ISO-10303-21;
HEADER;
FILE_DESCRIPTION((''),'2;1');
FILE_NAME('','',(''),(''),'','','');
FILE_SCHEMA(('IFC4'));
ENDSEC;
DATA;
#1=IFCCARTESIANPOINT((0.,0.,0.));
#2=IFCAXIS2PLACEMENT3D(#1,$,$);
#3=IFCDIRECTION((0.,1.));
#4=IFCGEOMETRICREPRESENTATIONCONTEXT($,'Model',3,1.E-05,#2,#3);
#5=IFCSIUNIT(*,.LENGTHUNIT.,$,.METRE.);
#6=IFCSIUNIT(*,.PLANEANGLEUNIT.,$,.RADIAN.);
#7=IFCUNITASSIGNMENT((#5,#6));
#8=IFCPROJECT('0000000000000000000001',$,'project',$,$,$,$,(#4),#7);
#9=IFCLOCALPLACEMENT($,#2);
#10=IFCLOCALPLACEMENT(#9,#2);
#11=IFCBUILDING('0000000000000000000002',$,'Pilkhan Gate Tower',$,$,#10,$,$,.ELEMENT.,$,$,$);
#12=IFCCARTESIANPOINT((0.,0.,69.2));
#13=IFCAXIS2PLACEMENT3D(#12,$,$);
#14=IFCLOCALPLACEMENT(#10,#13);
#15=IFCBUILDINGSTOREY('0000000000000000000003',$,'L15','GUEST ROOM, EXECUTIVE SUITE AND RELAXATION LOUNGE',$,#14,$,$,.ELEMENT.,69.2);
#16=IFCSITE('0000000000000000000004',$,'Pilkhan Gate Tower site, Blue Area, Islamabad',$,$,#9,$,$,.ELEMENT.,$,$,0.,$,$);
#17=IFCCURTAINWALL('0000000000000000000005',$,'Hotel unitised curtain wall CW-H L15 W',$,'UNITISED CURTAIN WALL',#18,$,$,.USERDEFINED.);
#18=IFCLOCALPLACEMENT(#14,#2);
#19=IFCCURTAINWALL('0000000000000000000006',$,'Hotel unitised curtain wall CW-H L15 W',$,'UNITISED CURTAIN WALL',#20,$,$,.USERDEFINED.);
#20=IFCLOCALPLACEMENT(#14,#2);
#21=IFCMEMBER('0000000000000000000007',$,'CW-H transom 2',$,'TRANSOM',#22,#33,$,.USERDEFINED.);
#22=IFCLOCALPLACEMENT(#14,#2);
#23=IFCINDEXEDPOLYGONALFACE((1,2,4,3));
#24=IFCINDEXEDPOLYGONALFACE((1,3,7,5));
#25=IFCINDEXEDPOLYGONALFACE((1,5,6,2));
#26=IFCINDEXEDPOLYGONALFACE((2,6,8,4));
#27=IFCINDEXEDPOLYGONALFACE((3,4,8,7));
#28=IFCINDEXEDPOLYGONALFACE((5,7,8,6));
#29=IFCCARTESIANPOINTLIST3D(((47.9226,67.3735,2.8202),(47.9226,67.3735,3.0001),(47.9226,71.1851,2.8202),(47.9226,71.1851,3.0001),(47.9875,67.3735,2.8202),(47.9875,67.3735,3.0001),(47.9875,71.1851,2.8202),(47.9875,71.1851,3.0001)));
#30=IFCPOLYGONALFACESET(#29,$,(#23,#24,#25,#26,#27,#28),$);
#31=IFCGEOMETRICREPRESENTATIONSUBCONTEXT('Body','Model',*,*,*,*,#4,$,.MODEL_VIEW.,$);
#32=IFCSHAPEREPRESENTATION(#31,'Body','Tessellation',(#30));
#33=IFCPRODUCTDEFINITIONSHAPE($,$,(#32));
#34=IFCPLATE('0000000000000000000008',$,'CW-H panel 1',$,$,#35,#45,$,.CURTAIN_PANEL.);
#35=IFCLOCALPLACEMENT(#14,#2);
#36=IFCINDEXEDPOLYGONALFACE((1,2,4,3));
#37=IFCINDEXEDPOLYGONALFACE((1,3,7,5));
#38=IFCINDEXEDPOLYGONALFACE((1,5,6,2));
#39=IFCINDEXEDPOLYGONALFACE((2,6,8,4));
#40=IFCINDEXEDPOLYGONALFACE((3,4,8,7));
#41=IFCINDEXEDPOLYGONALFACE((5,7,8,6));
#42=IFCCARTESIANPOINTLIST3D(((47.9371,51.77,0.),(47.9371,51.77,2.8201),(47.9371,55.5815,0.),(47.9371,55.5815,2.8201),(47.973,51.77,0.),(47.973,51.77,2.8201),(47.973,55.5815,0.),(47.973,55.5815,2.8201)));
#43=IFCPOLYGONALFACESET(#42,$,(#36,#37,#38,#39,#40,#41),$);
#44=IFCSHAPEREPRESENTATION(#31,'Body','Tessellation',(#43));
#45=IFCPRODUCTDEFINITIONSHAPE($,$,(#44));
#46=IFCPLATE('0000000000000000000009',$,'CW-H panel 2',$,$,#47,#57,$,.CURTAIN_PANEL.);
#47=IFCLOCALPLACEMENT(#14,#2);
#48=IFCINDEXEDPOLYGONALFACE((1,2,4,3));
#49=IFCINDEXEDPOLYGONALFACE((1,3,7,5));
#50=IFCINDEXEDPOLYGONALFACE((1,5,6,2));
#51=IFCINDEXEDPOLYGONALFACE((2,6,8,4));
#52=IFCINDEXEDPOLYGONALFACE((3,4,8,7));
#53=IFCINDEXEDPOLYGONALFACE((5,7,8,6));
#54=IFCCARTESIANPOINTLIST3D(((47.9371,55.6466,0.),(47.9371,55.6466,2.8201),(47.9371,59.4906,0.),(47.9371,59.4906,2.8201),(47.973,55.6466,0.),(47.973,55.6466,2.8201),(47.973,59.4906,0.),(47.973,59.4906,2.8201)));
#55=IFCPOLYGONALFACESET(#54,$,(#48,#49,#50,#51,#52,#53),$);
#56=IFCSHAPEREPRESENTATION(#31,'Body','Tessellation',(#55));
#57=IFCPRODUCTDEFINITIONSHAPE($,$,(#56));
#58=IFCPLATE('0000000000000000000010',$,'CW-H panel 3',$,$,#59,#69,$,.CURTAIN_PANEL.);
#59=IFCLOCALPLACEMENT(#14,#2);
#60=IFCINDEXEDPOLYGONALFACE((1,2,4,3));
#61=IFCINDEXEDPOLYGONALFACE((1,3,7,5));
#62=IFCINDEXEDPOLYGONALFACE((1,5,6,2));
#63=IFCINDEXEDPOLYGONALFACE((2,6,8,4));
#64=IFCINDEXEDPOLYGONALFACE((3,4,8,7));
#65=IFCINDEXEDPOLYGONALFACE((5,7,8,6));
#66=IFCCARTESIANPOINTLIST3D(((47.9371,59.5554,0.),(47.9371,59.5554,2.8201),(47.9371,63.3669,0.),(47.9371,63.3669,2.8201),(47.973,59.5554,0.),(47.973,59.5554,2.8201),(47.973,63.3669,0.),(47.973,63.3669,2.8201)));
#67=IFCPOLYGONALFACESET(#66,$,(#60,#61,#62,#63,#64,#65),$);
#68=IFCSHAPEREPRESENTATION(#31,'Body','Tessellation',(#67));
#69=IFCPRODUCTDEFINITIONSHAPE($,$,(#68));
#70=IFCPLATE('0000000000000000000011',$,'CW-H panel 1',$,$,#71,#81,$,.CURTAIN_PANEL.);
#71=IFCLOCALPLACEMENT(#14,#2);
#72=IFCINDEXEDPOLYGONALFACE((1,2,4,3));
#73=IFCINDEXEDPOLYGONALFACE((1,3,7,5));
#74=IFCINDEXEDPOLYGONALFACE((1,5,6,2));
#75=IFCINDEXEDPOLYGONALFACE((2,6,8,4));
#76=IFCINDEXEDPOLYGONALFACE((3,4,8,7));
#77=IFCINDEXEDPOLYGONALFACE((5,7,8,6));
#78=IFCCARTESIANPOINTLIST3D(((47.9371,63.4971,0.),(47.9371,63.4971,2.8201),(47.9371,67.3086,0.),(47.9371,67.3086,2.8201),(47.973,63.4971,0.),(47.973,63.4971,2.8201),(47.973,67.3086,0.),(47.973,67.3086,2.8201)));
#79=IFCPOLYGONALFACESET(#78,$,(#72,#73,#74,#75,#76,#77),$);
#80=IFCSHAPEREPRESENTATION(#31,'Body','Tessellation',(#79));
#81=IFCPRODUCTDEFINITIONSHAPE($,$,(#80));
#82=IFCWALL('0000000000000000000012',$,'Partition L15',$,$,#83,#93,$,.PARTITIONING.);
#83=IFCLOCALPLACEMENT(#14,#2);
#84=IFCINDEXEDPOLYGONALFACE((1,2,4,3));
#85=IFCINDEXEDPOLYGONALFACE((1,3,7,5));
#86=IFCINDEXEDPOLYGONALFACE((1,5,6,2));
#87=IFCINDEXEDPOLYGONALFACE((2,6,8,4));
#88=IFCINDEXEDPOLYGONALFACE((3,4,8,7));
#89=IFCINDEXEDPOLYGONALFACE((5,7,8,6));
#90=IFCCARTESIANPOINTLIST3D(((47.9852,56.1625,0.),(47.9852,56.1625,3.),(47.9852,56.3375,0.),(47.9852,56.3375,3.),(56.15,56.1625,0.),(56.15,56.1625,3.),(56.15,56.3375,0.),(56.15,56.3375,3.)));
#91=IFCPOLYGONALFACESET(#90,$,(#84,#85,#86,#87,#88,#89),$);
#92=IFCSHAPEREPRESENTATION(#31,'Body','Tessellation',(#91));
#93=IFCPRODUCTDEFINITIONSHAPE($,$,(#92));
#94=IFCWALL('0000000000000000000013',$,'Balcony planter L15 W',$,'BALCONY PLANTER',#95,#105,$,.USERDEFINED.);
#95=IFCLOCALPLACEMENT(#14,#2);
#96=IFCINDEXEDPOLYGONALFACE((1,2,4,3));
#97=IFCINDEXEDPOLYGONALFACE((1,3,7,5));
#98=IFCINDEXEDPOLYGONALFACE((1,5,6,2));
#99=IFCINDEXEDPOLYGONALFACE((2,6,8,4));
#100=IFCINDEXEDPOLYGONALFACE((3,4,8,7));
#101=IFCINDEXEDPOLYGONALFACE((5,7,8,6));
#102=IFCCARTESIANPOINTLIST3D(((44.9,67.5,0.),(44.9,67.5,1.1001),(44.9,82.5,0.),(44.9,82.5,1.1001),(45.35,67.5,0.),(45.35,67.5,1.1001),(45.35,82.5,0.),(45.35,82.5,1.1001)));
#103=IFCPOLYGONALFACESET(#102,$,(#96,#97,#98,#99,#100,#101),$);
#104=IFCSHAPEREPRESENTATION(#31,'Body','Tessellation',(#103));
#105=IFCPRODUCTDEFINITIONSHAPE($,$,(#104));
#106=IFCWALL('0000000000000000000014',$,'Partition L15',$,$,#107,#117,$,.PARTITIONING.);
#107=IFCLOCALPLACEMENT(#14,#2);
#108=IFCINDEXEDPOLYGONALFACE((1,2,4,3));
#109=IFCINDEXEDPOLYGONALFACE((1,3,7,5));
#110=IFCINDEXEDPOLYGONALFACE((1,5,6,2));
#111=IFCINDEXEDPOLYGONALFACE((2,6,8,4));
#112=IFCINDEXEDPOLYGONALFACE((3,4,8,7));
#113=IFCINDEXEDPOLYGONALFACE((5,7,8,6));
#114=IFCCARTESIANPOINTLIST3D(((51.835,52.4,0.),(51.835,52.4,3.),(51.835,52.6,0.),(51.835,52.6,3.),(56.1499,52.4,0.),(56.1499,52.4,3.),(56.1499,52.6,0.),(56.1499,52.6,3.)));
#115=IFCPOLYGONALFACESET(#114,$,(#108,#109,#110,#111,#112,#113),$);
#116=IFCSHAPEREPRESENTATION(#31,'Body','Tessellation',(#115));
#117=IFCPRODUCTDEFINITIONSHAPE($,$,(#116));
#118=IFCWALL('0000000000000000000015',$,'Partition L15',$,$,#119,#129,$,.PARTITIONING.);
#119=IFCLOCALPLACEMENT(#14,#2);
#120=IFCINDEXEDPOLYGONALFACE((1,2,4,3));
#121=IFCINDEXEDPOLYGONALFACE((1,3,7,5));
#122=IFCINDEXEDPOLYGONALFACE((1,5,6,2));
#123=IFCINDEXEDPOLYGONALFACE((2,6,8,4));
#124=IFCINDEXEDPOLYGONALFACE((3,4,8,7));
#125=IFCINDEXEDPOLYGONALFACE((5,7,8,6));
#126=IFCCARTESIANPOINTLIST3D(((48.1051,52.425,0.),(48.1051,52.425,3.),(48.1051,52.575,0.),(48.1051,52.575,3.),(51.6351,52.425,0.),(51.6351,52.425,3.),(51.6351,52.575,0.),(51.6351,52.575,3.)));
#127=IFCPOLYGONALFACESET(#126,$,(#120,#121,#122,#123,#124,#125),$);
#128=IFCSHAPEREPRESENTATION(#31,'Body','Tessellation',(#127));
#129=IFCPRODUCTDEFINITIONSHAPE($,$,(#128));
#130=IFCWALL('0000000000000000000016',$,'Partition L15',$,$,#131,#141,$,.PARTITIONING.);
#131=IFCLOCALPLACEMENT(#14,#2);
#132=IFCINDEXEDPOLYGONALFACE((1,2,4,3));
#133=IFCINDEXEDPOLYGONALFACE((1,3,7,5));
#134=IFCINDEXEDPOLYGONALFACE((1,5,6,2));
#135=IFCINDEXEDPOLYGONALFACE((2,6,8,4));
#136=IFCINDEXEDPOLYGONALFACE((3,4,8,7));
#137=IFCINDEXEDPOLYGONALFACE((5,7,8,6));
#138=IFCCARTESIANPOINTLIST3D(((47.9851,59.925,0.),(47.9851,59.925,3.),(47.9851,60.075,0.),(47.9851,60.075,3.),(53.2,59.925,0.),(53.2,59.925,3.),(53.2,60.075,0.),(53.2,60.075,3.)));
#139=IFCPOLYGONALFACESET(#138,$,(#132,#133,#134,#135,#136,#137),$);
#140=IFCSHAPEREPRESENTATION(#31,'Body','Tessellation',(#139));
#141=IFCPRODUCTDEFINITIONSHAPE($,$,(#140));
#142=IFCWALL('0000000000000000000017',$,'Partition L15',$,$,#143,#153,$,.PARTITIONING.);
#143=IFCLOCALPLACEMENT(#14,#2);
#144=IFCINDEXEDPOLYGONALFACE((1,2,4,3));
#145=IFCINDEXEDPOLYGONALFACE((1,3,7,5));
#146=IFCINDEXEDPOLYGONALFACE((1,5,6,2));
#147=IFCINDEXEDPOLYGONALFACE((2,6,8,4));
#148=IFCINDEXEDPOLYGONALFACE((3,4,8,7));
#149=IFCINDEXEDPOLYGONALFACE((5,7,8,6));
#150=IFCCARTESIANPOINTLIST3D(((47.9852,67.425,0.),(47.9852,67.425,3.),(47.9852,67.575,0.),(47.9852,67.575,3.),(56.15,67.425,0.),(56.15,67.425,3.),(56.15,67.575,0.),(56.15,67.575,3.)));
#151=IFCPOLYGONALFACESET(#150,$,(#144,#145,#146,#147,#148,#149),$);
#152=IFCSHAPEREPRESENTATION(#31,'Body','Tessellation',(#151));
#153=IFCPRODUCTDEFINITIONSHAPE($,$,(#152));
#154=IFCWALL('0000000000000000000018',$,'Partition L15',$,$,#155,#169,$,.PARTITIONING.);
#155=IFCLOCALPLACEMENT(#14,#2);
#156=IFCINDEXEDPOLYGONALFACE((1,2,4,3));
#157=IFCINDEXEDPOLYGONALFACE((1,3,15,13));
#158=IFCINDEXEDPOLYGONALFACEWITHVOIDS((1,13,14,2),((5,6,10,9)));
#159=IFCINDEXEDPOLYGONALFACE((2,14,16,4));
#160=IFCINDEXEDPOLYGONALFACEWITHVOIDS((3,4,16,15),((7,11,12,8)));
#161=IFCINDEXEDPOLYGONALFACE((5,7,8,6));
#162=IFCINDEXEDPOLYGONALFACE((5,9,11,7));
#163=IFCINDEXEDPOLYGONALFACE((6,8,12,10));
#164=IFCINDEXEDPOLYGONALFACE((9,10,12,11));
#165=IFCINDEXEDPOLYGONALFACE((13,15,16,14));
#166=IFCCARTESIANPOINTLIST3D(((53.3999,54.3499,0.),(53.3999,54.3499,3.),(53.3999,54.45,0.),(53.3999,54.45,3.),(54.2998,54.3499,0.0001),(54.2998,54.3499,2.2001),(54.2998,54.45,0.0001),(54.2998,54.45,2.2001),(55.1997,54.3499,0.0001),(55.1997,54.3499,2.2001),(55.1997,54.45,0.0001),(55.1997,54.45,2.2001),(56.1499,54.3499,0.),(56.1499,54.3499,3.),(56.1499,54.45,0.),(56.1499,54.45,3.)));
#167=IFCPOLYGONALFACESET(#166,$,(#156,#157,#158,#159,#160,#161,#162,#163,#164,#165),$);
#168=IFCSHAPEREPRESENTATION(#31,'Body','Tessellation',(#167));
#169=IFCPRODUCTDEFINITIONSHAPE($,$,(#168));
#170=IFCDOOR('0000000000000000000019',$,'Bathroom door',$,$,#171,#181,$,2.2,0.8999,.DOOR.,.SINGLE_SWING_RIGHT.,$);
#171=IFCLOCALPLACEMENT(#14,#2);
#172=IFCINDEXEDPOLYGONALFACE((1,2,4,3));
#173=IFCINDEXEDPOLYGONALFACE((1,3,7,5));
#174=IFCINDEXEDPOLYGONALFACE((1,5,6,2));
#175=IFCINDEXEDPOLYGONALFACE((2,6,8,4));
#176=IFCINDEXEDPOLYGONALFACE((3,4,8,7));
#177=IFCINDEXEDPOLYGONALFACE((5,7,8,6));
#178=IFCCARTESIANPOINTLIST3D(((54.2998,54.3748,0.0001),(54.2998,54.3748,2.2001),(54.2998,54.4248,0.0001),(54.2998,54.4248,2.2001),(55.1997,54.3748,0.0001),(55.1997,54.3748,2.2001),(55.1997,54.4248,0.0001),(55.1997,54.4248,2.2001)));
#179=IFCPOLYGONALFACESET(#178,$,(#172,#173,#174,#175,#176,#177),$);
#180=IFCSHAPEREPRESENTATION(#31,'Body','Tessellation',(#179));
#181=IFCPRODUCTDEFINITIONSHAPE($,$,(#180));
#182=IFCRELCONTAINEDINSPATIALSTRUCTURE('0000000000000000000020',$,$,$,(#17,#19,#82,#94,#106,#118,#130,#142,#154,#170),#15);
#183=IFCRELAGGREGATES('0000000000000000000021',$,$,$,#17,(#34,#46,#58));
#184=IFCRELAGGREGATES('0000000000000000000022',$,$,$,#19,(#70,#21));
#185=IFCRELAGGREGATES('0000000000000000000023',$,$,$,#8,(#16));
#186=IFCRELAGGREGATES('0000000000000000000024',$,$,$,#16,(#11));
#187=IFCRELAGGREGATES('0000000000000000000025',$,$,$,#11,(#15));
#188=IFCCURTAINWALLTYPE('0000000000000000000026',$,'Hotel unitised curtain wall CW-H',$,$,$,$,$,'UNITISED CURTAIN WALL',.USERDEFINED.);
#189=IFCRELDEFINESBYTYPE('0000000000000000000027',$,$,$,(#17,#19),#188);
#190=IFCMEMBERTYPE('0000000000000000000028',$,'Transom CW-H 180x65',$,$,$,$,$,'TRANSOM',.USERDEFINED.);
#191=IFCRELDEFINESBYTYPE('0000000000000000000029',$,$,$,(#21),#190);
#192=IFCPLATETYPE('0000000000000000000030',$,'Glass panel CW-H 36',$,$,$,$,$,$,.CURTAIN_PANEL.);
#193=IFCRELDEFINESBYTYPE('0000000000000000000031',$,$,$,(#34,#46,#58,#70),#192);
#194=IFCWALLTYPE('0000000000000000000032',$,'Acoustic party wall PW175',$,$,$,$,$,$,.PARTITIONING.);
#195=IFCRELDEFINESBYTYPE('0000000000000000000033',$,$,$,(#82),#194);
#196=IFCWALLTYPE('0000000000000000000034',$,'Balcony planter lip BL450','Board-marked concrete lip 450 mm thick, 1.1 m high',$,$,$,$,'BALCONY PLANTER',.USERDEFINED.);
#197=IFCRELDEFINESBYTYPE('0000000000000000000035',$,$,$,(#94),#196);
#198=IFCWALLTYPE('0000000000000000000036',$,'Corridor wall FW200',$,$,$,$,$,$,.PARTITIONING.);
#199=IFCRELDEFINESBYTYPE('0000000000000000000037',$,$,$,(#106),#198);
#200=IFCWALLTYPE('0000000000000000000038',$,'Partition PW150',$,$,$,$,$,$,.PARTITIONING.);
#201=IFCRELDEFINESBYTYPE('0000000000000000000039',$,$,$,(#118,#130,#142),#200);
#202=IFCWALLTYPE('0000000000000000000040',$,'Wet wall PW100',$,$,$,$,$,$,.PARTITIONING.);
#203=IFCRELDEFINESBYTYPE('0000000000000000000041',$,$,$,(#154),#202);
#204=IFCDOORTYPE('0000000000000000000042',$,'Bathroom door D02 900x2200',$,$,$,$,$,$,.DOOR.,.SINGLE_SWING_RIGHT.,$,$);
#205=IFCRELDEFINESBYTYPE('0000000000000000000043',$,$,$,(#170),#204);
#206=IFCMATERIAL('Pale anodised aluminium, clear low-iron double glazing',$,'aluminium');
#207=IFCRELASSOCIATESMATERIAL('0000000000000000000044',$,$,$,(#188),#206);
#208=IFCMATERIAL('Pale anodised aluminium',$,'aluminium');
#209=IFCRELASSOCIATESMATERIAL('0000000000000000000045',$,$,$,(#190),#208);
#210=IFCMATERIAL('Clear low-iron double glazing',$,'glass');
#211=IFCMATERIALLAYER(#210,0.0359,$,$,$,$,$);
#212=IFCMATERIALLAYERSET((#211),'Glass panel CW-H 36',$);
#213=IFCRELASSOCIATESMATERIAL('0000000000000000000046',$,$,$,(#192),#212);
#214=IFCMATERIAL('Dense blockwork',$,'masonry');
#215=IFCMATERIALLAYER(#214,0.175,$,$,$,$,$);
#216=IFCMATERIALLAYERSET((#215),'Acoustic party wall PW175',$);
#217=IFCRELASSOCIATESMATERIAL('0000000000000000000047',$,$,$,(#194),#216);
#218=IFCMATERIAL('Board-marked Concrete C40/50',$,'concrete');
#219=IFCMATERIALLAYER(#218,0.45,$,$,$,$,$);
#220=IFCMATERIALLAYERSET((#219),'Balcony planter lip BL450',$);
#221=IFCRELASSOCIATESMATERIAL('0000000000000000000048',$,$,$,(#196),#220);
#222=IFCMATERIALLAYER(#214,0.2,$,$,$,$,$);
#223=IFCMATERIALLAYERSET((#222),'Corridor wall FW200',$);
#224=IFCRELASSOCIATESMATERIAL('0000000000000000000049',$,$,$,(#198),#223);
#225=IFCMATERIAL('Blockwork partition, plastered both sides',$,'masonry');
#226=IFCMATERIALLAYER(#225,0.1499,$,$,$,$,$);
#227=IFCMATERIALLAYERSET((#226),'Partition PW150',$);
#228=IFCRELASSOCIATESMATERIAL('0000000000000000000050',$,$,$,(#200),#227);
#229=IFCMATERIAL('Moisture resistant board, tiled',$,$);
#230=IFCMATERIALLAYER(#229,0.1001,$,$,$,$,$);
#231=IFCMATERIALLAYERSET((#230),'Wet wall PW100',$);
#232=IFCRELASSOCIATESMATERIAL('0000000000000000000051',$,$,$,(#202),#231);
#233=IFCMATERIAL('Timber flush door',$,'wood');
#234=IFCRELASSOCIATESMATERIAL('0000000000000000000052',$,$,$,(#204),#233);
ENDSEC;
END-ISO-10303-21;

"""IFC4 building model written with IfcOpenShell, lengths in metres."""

from ifc_helpers import new_model, si_unit, direction, frame, frame_2d, origin, origin_2d, place, context, subcontext, project, spatial, rectangle, extrude, material, layer, layer_set, material_profile, profile_set, type_object, element, fill, aggregate, save


model = new_model("IFC4")

# Units and contexts
model_context = context("Model", 3, precision=1e-05, world=origin(), true_north=direction((0.0, 1.0)))
body_context = subcontext(model_context, "Body", "Model", "MODEL_VIEW")
ifc_project = project(units=[si_unit("LENGTHUNIT", "METRE"), si_unit("PLANEANGLEUNIT", "RADIAN")], contexts=[model_context])

# Site, building, storey
site_placement = place(None, origin())
site = spatial("IfcSite", under=ifc_project, at=site_placement, Name="Pilkhan Gate Tower site, Blue Area, Islamabad", CompositionType="ELEMENT", RefElevation=0.0)
building_placement = place(site_placement, origin())
building = spatial("IfcBuilding", under=site, at=building_placement, Name="Pilkhan Gate Tower", CompositionType="ELEMENT")
storey_placement = place(building_placement, frame((0.0, 0.0, 69.2)))
storey = spatial("IfcBuildingStorey", under=building, at=storey_placement, Name="L15", Description="GUEST ROOM, EXECUTIVE SUITE AND RELAXATION LOUNGE", CompositionType="ELEMENT", Elevation=69.2)

# Curtain walls
ifc_material_1 = material(Name="Pale anodised aluminium, clear low-iron double glazing", Category="aluminium")
curtain_wall_type = type_object("IfcCurtainWallType", Name="Hotel unitised curtain wall CW-H", ElementType="UNITISED CURTAIN WALL", PredefinedType="USERDEFINED", material=ifc_material_1)
curtain_wall_1_placement = place(storey_placement, origin())
curtain_wall_1 = element("IfcCurtainWall", 1, at=curtain_wall_1_placement, inside=storey, type_object=curtain_wall_type, Name="Hotel unitised curtain wall CW-H L15 W", ObjectType="UNITISED CURTAIN WALL", PredefinedType="USERDEFINED")
ifc_material_2 = material(Name="Pale anodised aluminium", Category="aluminium")
curtain_wall_2_placement = place(storey_placement, origin())
curtain_wall_2 = element("IfcCurtainWall", 2, at=curtain_wall_2_placement, inside=storey, type_object=curtain_wall_type, Name="Hotel unitised curtain wall CW-H L15 W", ObjectType="UNITISED CURTAIN WALL", PredefinedType="USERDEFINED")

# Member
ifc_material_profile_1 = material_profile(ifc_material_2, rectangle(XDim=0.0649, YDim=0.1799, at=origin_2d()), Name="Transom 180x65")
ifc_profile_set_1 = profile_set([ifc_material_profile_1], Name="Pale anodised aluminium")
member_type_1 = type_object("IfcMemberType", Name="Transom CW-H 180x65", ElementType="TRANSOM", PredefinedType="USERDEFINED", material=ifc_profile_set_1)
member_1_placement = place(storey_placement, frame((47.9551, 67.3735, 2.9102), z_axis=(0.0, 1.0, 0.0), x_axis=(-1.0, 0.0, 0.0)))
member_1 = element("IfcMember", 3, at=member_1_placement, type_object=member_type_1, Name="CW-H transom 2", ObjectType="TRANSOM", PredefinedType="USERDEFINED", context=body_context, shape_type="SweptSolid", body=[
    extrude(rectangle(XDim=0.0649, YDim=0.1799, at=origin_2d()), origin(), (0.0, 0.0, 1.0), 3.8115),
])

# Plates
ifc_material_3 = material(Name="Clear low-iron double glazing", Category="glass")
ifc_layer_1 = layer(ifc_material_3, 0.0359)
ifc_layer_set_1 = layer_set([ifc_layer_1], Name="Glass panel CW-H 36")
plate_type = type_object("IfcPlateType", Name="Glass panel CW-H 36", PredefinedType="CURTAIN_PANEL", material=ifc_layer_set_1)
plate_1_placement = place(storey_placement, frame((47.9551, 53.6758, 0.0), z_axis=(0.0, 0.0, 1.0), x_axis=(0.0, 1.0, 0.0)))
plate_1 = element("IfcPlate", 4, at=plate_1_placement, type_object=plate_type, Name="CW-H panel 1", PredefinedType="CURTAIN_PANEL", context=body_context, shape_type="SweptSolid", body=[
    extrude(rectangle(XDim=3.8115, YDim=0.0359, at=origin_2d()), origin(), (0.0, 0.0, 1.0), 2.8201),
])
plate_2_placement = place(storey_placement, frame((47.9551, 57.5686, 0.0), z_axis=(0.0, 0.0, 1.0), x_axis=(0.0, 1.0, 0.0)))
plate_2 = element("IfcPlate", 5, at=plate_2_placement, type_object=plate_type, Name="CW-H panel 2", PredefinedType="CURTAIN_PANEL", context=body_context, shape_type="SweptSolid", body=[
    extrude(rectangle(XDim=3.844, YDim=0.0359, at=origin_2d()), origin(), (0.0, 0.0, 1.0), 2.8201),
])
plate_3_placement = place(storey_placement, frame((47.9551, 61.4612, 0.0), z_axis=(0.0, 0.0, 1.0), x_axis=(0.0, 1.0, 0.0)))
plate_3 = element("IfcPlate", 6, at=plate_3_placement, type_object=plate_type, Name="CW-H panel 3", PredefinedType="CURTAIN_PANEL", context=body_context, shape_type="SweptSolid", body=[
    extrude(rectangle(XDim=3.8115, YDim=0.0359, at=origin_2d()), origin(), (0.0, 0.0, 1.0), 2.8201),
])
aggregate(curtain_wall_1, [plate_1, plate_2, plate_3])
plate_4_placement = place(storey_placement, frame((47.9551, 65.4028, 0.0), z_axis=(0.0, 0.0, 1.0), x_axis=(0.0, 1.0, 0.0)))
plate_4 = element("IfcPlate", 7, at=plate_4_placement, type_object=plate_type, Name="CW-H panel 1", PredefinedType="CURTAIN_PANEL", context=body_context, shape_type="SweptSolid", body=[
    extrude(rectangle(XDim=3.8115, YDim=0.0359, at=origin_2d()), origin(), (0.0, 0.0, 1.0), 2.8201),
])
aggregate(curtain_wall_2, [plate_4, member_1])

# Walls
ifc_material_4 = material(Name="Dense blockwork", Category="masonry")
ifc_layer_2 = layer(ifc_material_4, 0.175)
ifc_layer_set_2 = layer_set([ifc_layer_2], Name="Acoustic party wall PW175")
wall_type_1 = type_object("IfcWallType", Name="Acoustic party wall PW175", PredefinedType="PARTITIONING", material=ifc_layer_set_2)
wall_1_placement = place(storey_placement, frame((47.9851, 56.25, 0.0), z_axis=(0.0, 0.0, 1.0), x_axis=(1.0, 0.0, 0.0)))
element("IfcWall", 8, at=wall_1_placement, inside=storey, type_object=wall_type_1, Name="Partition L15", PredefinedType="PARTITIONING", context=body_context, shape_type="SweptSolid", body=[
    extrude(rectangle(XDim=8.1648, YDim=0.175, at=frame_2d((4.0825, 0.0))), origin(), (0.0, 0.0, 1.0), 3.0),
])
ifc_material_5 = material(Name="Board-marked Concrete C40/50", Category="concrete")
ifc_layer_3 = layer(ifc_material_5, 0.45)
ifc_layer_set_3 = layer_set([ifc_layer_3], Name="Balcony planter lip BL450")
wall_type_2 = type_object("IfcWallType", Name="Balcony planter lip BL450", Description="Board-marked concrete lip 450 mm thick, 1.1 m high", ElementType="BALCONY PLANTER", PredefinedType="USERDEFINED", material=ifc_layer_set_3)
wall_2_placement = place(storey_placement, frame((45.125, 67.5, 0.0), z_axis=(0.0, 0.0, 1.0), x_axis=(0.0, 1.0, 0.0)))
element("IfcWall", 9, at=wall_2_placement, inside=storey, type_object=wall_type_2, Name="Balcony planter L15 W", ObjectType="BALCONY PLANTER", PredefinedType="USERDEFINED", context=body_context, shape_type="SweptSolid", body=[
    extrude(rectangle(XDim=15.0, YDim=0.45, at=frame_2d((7.5, 0.0))), origin(), (0.0, 0.0, 1.0), 1.1001),
])
ifc_layer_4 = layer(ifc_material_4, 0.2)
ifc_layer_set_4 = layer_set([ifc_layer_4], Name="Corridor wall FW200")
wall_type_3 = type_object("IfcWallType", Name="Corridor wall FW200", PredefinedType="PARTITIONING", material=ifc_layer_set_4)
wall_3_placement = place(storey_placement, frame((51.835, 52.5, 0.0), z_axis=(0.0, 0.0, 1.0), x_axis=(1.0, 0.0, 0.0)))
element("IfcWall", 10, at=wall_3_placement, inside=storey, type_object=wall_type_3, Name="Partition L15", PredefinedType="PARTITIONING", context=body_context, shape_type="SweptSolid", body=[
    extrude(rectangle(XDim=4.3149, YDim=0.2, at=frame_2d((2.1575, 0.0))), origin(), (0.0, 0.0, 1.0), 3.0),
])
ifc_material_6 = material(Name="Blockwork partition, plastered both sides", Category="masonry")
ifc_layer_5 = layer(ifc_material_6, 0.1499)
ifc_layer_set_5 = layer_set([ifc_layer_5], Name="Partition PW150")
wall_type_4 = type_object("IfcWallType", Name="Partition PW150", PredefinedType="PARTITIONING", material=ifc_layer_set_5)
wall_4_placement = place(storey_placement, frame((48.105, 52.5, 0.0), z_axis=(0.0, 0.0, 1.0), x_axis=(1.0, 0.0, 0.0)))
element("IfcWall", 11, at=wall_4_placement, inside=storey, type_object=wall_type_4, Name="Partition L15", PredefinedType="PARTITIONING", context=body_context, shape_type="SweptSolid", body=[
    extrude(rectangle(XDim=3.53, YDim=0.1499, at=frame_2d((1.7651, 0.0))), origin(), (0.0, 0.0, 1.0), 3.0),
])
wall_5_placement = place(storey_placement, frame((47.9851, 60.0, 0.0), z_axis=(0.0, 0.0, 1.0), x_axis=(1.0, 0.0, 0.0)))
element("IfcWall", 12, at=wall_5_placement, inside=storey, type_object=wall_type_4, Name="Partition L15", PredefinedType="PARTITIONING", context=body_context, shape_type="SweptSolid", body=[
    extrude(rectangle(XDim=5.2148, YDim=0.1499, at=frame_2d((2.6074, 0.0))), origin(), (0.0, 0.0, 1.0), 3.0),
])
wall_6_placement = place(storey_placement, frame((47.9851, 67.5, 0.0), z_axis=(0.0, 0.0, 1.0), x_axis=(1.0, 0.0, 0.0)))
element("IfcWall", 13, at=wall_6_placement, inside=storey, type_object=wall_type_4, Name="Partition L15", PredefinedType="PARTITIONING", context=body_context, shape_type="SweptSolid", body=[
    extrude(rectangle(XDim=8.1648, YDim=0.1499, at=frame_2d((4.0825, 0.0))), origin(), (0.0, 0.0, 1.0), 3.0),
])

# Wall, opening, door
ifc_material_7 = material(Name="Moisture resistant board, tiled")
ifc_layer_6 = layer(ifc_material_7, 0.1001)
ifc_layer_set_6 = layer_set([ifc_layer_6], Name="Wet wall PW100")
wall_type_5 = type_object("IfcWallType", Name="Wet wall PW100", PredefinedType="PARTITIONING", material=ifc_layer_set_6)
wall_7_placement = place(storey_placement, frame((53.3999, 54.3999, 0.0), z_axis=(0.0, 0.0, 1.0), x_axis=(1.0, 0.0, 0.0)))
wall_7 = element("IfcWall", 14, at=wall_7_placement, inside=storey, type_object=wall_type_5, Name="Partition L15", PredefinedType="PARTITIONING", context=body_context, shape_type="SweptSolid", body=[
    extrude(rectangle(XDim=2.75, YDim=0.1001, at=frame_2d((1.375, 0.0))), origin(), (0.0, 0.0, 1.0), 3.0),
])
opening_1_placement = place(wall_7_placement, frame((0.8999, 0.0, 0.0)))
opening_1 = element("IfcOpeningElement", 15, at=opening_1_placement, cuts=wall_7, PredefinedType="OPENING", context=body_context, shape_type="SweptSolid", body=[
    extrude(rectangle(XDim=0.8999, YDim=2.2, at=frame_2d((0.45, 1.1001))), frame((0.0, 0.0601, 0.0), z_axis=(0.0, -1.0, 0.0), x_axis=(1.0, 0.0, 0.0)), (0.0, 0.0, 1.0), 0.1201),
])
ifc_material_8 = material(Name="Timber flush door", Category="wood")
door_type = type_object("IfcDoorType", Name="Bathroom door D02 900x2200", OperationType="SINGLE_SWING_RIGHT", PredefinedType="DOOR", material=ifc_material_8)
door_1_placement = place(opening_1_placement, origin())
door_1 = element("IfcDoor", 16, at=door_1_placement, inside=storey, type_object=door_type, Name="Bathroom door", OperationType="SINGLE_SWING_RIGHT", OverallHeight=2.2, OverallWidth=0.8999, PredefinedType="DOOR", context=body_context, shape_type="SweptSolid", body=[
    extrude(rectangle(XDim=0.8999, YDim=2.2, at=frame_2d((0.45, 1.1001))), frame((0.0, 0.0249, 0.0), z_axis=(0.0, -1.0, 0.0), x_axis=(1.0, 0.0, 0.0)), (0.0, 0.0, 1.0), 0.05),
])
fill(opening_1, door_1)

save(model, "model.ifc")
